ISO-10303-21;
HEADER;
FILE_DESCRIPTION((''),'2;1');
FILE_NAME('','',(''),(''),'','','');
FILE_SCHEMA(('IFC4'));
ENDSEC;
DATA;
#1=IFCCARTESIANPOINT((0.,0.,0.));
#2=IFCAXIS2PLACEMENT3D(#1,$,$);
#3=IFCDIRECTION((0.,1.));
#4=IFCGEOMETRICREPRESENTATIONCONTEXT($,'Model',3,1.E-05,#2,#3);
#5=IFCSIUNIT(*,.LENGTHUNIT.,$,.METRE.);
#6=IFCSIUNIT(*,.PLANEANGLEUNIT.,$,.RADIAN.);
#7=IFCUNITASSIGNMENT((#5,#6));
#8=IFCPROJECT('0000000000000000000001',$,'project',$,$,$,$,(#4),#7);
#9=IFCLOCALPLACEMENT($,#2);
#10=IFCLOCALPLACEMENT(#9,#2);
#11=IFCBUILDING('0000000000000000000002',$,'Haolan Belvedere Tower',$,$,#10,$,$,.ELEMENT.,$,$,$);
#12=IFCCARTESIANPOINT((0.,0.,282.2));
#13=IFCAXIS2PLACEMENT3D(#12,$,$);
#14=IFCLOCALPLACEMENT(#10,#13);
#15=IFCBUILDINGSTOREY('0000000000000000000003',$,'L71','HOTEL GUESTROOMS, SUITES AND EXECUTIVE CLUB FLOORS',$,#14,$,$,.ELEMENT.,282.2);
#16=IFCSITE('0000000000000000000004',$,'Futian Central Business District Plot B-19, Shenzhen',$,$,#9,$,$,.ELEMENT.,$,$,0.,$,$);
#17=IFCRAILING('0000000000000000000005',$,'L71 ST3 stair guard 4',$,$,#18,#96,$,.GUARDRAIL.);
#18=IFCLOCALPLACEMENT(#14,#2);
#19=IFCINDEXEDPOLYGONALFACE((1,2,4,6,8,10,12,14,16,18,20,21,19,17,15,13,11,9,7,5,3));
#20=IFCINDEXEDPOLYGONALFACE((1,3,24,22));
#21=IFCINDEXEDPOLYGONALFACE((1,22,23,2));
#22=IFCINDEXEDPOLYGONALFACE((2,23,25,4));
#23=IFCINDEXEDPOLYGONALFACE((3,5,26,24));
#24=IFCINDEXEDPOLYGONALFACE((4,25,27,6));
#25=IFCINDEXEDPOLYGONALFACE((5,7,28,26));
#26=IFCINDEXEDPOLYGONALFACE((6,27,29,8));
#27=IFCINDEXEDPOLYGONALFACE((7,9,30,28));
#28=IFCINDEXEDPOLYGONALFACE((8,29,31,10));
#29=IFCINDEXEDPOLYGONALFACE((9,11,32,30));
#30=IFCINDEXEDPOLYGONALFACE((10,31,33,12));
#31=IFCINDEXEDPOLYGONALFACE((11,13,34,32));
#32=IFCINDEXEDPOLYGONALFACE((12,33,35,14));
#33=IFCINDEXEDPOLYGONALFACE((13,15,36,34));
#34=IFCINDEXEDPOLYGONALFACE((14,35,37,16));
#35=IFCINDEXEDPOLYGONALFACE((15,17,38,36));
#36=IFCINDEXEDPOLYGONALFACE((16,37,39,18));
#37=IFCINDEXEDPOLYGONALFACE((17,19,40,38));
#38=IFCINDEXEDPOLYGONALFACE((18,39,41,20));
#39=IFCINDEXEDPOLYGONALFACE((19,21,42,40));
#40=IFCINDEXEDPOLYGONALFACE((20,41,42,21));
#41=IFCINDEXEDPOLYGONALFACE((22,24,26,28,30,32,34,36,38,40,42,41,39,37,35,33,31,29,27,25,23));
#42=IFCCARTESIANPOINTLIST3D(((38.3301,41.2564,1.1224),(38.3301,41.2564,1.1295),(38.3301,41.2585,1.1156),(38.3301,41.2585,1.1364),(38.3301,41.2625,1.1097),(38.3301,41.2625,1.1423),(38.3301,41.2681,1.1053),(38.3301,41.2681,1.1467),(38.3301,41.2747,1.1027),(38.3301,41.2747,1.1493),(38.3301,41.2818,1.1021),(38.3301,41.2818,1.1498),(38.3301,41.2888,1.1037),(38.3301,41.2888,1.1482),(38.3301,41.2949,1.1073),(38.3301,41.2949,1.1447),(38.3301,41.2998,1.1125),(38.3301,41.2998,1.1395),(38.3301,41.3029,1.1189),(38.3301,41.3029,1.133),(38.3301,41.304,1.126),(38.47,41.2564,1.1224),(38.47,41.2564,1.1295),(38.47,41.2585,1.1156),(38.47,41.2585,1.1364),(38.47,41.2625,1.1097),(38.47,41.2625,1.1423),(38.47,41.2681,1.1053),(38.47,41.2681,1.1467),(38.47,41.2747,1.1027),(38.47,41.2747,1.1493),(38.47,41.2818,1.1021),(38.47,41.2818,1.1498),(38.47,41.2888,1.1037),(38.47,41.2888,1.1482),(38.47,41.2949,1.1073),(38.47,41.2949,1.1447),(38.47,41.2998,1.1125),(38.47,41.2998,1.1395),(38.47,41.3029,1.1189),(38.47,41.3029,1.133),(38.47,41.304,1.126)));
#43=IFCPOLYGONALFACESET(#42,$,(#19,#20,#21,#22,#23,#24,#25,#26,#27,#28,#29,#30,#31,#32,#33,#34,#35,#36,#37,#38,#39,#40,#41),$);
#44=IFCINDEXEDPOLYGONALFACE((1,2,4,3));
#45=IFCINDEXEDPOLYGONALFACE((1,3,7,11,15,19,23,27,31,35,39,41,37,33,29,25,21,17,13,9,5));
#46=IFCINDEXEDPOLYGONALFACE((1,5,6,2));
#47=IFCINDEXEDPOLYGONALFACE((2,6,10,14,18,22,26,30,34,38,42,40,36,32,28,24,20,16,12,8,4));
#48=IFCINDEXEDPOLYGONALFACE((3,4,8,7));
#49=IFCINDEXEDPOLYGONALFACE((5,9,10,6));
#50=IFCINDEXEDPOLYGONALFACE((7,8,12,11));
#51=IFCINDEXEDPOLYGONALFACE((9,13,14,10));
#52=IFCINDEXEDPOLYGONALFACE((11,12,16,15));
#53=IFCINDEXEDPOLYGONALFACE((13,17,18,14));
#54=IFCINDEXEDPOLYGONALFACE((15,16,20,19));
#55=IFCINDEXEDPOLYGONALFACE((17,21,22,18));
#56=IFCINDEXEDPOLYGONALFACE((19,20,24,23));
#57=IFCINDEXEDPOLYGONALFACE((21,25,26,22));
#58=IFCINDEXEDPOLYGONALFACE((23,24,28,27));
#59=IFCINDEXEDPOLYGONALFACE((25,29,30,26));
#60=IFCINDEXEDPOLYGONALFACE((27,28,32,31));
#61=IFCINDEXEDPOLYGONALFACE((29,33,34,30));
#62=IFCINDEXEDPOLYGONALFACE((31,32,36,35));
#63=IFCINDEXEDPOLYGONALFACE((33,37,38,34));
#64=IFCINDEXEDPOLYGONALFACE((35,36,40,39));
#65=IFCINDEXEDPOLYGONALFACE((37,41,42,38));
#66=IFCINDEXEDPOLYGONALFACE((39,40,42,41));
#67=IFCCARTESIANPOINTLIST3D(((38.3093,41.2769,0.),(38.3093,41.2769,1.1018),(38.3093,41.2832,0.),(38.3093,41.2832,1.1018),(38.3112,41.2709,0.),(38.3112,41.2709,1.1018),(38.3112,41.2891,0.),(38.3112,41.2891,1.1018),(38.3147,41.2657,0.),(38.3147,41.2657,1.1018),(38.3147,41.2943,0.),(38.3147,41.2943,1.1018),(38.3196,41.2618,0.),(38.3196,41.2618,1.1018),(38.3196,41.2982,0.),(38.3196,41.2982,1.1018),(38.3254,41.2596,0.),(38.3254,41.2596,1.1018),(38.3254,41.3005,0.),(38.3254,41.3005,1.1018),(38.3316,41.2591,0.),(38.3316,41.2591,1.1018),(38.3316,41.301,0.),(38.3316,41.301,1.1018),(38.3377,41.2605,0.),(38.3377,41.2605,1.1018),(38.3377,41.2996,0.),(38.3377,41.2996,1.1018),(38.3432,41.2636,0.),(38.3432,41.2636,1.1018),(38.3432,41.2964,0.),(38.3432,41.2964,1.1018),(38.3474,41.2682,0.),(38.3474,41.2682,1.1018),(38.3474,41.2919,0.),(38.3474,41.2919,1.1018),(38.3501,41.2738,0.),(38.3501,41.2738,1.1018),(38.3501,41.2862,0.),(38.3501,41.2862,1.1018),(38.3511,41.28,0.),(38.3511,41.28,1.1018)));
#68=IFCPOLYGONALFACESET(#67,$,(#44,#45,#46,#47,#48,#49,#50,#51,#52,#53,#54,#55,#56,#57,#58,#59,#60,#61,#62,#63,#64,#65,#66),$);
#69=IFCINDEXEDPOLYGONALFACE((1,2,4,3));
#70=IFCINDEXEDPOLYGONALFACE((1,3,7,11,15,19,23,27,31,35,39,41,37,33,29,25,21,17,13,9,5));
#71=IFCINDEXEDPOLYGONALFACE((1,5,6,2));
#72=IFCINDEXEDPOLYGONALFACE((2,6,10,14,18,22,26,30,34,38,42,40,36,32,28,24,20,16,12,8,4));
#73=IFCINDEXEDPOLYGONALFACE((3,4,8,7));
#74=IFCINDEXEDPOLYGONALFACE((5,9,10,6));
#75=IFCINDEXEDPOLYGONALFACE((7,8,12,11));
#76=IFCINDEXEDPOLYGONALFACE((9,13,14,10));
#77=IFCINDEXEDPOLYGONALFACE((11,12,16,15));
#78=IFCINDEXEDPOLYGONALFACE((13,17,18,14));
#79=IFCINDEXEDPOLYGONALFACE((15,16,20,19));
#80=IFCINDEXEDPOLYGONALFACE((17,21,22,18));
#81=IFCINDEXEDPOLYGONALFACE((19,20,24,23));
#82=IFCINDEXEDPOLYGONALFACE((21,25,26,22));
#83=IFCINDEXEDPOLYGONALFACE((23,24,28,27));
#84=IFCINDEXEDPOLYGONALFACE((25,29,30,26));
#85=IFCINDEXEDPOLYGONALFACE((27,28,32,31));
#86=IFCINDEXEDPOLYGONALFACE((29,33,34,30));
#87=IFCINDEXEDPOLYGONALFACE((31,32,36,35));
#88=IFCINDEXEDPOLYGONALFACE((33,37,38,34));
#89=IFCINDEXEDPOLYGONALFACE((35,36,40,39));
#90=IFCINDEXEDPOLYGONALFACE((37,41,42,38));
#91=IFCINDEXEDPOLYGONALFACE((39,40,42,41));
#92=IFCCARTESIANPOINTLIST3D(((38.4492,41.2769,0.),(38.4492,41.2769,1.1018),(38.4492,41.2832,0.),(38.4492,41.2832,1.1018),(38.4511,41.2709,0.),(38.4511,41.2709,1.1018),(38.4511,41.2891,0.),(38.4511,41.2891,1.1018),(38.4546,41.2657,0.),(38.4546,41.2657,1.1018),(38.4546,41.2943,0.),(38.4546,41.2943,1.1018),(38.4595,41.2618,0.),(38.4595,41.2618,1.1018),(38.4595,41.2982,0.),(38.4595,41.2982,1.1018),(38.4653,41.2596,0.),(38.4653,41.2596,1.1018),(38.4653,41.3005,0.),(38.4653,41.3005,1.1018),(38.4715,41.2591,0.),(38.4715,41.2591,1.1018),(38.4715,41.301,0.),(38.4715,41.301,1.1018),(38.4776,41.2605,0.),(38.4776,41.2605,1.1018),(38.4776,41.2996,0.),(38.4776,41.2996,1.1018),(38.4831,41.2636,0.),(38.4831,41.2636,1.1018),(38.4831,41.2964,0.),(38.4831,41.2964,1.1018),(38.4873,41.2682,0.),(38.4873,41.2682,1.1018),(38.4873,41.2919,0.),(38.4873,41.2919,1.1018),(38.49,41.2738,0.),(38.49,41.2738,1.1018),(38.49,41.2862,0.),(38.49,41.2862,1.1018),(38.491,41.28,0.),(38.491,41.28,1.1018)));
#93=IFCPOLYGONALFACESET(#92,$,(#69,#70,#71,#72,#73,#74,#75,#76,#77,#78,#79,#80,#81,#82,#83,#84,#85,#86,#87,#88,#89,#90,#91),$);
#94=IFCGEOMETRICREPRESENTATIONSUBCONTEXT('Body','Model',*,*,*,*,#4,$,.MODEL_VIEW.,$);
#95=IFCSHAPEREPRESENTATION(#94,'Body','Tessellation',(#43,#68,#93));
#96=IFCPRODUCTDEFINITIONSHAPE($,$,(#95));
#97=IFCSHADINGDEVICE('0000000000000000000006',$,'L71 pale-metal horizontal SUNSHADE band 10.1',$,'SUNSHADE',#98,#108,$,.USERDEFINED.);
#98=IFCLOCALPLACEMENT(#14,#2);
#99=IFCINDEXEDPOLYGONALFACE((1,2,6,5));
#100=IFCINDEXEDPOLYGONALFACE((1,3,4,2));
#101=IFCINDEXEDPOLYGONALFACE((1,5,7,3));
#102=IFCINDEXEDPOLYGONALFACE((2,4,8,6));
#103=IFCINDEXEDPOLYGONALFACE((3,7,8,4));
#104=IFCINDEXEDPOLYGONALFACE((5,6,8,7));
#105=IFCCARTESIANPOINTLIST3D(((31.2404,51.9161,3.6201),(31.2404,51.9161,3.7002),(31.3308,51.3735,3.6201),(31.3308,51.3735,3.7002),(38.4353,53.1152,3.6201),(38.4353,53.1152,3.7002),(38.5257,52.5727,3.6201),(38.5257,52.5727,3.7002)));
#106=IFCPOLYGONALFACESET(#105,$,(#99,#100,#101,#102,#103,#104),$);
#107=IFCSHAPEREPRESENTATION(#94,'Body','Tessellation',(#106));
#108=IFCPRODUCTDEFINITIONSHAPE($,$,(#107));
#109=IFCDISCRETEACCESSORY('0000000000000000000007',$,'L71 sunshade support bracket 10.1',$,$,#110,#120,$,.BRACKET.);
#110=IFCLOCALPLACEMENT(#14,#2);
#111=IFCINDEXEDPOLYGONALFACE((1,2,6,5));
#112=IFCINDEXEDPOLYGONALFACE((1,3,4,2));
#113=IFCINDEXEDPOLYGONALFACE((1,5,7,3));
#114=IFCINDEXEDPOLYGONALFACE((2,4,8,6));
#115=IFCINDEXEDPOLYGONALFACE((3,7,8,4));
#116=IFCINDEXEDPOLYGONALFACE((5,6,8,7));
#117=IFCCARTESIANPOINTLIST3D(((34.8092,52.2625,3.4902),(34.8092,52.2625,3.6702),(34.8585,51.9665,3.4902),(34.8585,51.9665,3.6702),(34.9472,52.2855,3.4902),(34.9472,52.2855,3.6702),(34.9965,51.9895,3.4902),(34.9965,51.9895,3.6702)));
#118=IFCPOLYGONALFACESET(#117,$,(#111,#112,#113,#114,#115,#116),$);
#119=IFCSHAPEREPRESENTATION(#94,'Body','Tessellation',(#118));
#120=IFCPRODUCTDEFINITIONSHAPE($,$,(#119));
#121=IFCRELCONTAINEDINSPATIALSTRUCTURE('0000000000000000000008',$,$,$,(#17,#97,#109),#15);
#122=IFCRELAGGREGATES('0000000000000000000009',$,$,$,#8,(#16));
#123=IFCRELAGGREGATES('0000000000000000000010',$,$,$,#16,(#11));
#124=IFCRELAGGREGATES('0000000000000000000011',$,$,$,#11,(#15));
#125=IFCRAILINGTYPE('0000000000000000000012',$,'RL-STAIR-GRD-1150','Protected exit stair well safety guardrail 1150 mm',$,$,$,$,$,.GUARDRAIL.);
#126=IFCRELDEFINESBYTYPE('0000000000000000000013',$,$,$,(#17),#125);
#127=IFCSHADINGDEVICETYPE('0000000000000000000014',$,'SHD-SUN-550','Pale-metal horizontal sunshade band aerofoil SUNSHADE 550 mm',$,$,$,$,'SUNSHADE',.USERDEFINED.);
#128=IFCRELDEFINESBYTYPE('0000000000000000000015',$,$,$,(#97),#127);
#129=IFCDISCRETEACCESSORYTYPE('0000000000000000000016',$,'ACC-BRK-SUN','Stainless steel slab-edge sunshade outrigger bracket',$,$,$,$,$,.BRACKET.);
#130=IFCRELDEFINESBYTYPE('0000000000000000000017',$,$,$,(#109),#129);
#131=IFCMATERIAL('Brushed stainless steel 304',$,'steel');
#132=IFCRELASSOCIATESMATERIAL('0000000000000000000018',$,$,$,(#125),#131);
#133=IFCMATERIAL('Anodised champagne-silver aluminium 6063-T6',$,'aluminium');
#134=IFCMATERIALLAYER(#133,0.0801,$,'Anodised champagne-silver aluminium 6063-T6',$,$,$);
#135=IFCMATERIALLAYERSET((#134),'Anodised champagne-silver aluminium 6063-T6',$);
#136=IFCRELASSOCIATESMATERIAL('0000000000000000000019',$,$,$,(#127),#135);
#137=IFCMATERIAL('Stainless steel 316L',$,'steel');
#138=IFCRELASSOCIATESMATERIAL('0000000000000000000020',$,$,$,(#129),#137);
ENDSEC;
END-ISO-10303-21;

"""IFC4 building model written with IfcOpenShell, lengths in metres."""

from ifc_helpers import new_model, si_unit, direction, frame, origin, origin_2d, place, context, subcontext, project, spatial, rectangle, circle, extrude, material, layer, layer_set, type_object, element, save


model = new_model("IFC4")

# Units and contexts
model_context = context("Model", 3, precision=1e-05, world=origin(), true_north=direction((0.0, 1.0)))
body_context = subcontext(model_context, "Body", "Model", "MODEL_VIEW")
ifc_project = project(units=[si_unit("LENGTHUNIT", "METRE"), si_unit("PLANEANGLEUNIT", "RADIAN")], contexts=[model_context])

# Site, building, storey
site_placement = place(None, origin())
site = spatial("IfcSite", under=ifc_project, at=site_placement, Name="Futian Central Business District Plot B-19, Shenzhen", CompositionType="ELEMENT", RefElevation=0.0)
building_placement = place(site_placement, origin())
building = spatial("IfcBuilding", under=site, at=building_placement, Name="Haolan Belvedere Tower", CompositionType="ELEMENT")
storey_placement = place(building_placement, frame((0.0, 0.0, 282.2)))
storey = spatial("IfcBuildingStorey", under=building, at=storey_placement, Name="L71", Description="HOTEL GUESTROOMS, SUITES AND EXECUTIVE CLUB FLOORS", CompositionType="ELEMENT", Elevation=282.2)

# Railing
ifc_material_1 = material(Name="Brushed stainless steel 304", Category="steel")
railing_type = type_object("IfcRailingType", Name="RL-STAIR-GRD-1150", Description="Protected exit stair well safety guardrail 1150 mm", PredefinedType="GUARDRAIL", material=ifc_material_1)
railing_1_placement = place(storey_placement, frame((38.3301, 41.28, 0.0)))
element("IfcRailing", 1, at=railing_1_placement, inside=storey, type_object=railing_type, Name="L71 ST3 stair guard 4", PredefinedType="GUARDRAIL", context=body_context, shape_type="SweptSolid", body=[
    extrude(circle(Radius=0.0239, at=origin_2d()), frame((0.0, 0.0, 1.126), z_axis=(1.0, 0.0, 0.0), x_axis=(0.0, 1.0, 0.0)), (0.0, 0.0, 1.0), 0.1399),
    extrude(circle(Radius=0.021, at=origin_2d()), origin(), (0.0, 0.0, 1.0), 1.1018),
    extrude(circle(Radius=0.021, at=origin_2d()), frame((0.1399, 0.0, 0.0)), (0.0, 0.0, 1.0), 1.1018),
])

# Shading device
ifc_material_2 = material(Name="Anodised champagne-silver aluminium 6063-T6", Category="aluminium")
ifc_layer_1 = layer(ifc_material_2, 0.0801, Name="Anodised champagne-silver aluminium 6063-T6")
ifc_layer_set_1 = layer_set([ifc_layer_1], Name="Anodised champagne-silver aluminium 6063-T6")
shading_device_type = type_object("IfcShadingDeviceType", Name="SHD-SUN-550", Description="Pale-metal horizontal sunshade band aerofoil SUNSHADE 550 mm", ElementType="SUNSHADE", PredefinedType="USERDEFINED", material=ifc_layer_set_1)
shading_device_placement = place(storey_placement, frame((34.8831, 52.2444, 3.6201), z_axis=(0.0, 0.0, 1.0), x_axis=(-0.986395, -0.164393, 0.0)))
element("IfcShadingDevice", 2, at=shading_device_placement, inside=storey, type_object=shading_device_type, Name="L71 pale-metal horizontal SUNSHADE band 10.1", ObjectType="SUNSHADE", PredefinedType="USERDEFINED", context=body_context, shape_type="SweptSolid", body=[
    extrude(rectangle(XDim=7.2942, YDim=0.55, at=origin_2d()), origin(), (0.0, 0.0, 1.0), 0.0801),
])

# Discrete accessory
ifc_material_3 = material(Name="Stainless steel 316L", Category="steel")
discrete_accessory_type = type_object("IfcDiscreteAccessoryType", Name="ACC-BRK-SUN", Description="Stainless steel slab-edge sunshade outrigger bracket", PredefinedType="BRACKET", material=ifc_material_3)
discrete_accessory_placement = place(storey_placement, frame((34.9028, 52.126, 3.4902), z_axis=(0.0, 0.0, 1.0), x_axis=(-0.986395, -0.164393, 0.0)))
element("IfcDiscreteAccessory", 3, at=discrete_accessory_placement, inside=storey, type_object=discrete_accessory_type, Name="L71 sunshade support bracket 10.1", PredefinedType="BRACKET", context=body_context, shape_type="SweptSolid", body=[
    extrude(rectangle(XDim=0.1399, YDim=0.3, at=origin_2d()), origin(), (0.0, 0.0, 1.0), 0.1799),
])

save(model, "model.ifc")
